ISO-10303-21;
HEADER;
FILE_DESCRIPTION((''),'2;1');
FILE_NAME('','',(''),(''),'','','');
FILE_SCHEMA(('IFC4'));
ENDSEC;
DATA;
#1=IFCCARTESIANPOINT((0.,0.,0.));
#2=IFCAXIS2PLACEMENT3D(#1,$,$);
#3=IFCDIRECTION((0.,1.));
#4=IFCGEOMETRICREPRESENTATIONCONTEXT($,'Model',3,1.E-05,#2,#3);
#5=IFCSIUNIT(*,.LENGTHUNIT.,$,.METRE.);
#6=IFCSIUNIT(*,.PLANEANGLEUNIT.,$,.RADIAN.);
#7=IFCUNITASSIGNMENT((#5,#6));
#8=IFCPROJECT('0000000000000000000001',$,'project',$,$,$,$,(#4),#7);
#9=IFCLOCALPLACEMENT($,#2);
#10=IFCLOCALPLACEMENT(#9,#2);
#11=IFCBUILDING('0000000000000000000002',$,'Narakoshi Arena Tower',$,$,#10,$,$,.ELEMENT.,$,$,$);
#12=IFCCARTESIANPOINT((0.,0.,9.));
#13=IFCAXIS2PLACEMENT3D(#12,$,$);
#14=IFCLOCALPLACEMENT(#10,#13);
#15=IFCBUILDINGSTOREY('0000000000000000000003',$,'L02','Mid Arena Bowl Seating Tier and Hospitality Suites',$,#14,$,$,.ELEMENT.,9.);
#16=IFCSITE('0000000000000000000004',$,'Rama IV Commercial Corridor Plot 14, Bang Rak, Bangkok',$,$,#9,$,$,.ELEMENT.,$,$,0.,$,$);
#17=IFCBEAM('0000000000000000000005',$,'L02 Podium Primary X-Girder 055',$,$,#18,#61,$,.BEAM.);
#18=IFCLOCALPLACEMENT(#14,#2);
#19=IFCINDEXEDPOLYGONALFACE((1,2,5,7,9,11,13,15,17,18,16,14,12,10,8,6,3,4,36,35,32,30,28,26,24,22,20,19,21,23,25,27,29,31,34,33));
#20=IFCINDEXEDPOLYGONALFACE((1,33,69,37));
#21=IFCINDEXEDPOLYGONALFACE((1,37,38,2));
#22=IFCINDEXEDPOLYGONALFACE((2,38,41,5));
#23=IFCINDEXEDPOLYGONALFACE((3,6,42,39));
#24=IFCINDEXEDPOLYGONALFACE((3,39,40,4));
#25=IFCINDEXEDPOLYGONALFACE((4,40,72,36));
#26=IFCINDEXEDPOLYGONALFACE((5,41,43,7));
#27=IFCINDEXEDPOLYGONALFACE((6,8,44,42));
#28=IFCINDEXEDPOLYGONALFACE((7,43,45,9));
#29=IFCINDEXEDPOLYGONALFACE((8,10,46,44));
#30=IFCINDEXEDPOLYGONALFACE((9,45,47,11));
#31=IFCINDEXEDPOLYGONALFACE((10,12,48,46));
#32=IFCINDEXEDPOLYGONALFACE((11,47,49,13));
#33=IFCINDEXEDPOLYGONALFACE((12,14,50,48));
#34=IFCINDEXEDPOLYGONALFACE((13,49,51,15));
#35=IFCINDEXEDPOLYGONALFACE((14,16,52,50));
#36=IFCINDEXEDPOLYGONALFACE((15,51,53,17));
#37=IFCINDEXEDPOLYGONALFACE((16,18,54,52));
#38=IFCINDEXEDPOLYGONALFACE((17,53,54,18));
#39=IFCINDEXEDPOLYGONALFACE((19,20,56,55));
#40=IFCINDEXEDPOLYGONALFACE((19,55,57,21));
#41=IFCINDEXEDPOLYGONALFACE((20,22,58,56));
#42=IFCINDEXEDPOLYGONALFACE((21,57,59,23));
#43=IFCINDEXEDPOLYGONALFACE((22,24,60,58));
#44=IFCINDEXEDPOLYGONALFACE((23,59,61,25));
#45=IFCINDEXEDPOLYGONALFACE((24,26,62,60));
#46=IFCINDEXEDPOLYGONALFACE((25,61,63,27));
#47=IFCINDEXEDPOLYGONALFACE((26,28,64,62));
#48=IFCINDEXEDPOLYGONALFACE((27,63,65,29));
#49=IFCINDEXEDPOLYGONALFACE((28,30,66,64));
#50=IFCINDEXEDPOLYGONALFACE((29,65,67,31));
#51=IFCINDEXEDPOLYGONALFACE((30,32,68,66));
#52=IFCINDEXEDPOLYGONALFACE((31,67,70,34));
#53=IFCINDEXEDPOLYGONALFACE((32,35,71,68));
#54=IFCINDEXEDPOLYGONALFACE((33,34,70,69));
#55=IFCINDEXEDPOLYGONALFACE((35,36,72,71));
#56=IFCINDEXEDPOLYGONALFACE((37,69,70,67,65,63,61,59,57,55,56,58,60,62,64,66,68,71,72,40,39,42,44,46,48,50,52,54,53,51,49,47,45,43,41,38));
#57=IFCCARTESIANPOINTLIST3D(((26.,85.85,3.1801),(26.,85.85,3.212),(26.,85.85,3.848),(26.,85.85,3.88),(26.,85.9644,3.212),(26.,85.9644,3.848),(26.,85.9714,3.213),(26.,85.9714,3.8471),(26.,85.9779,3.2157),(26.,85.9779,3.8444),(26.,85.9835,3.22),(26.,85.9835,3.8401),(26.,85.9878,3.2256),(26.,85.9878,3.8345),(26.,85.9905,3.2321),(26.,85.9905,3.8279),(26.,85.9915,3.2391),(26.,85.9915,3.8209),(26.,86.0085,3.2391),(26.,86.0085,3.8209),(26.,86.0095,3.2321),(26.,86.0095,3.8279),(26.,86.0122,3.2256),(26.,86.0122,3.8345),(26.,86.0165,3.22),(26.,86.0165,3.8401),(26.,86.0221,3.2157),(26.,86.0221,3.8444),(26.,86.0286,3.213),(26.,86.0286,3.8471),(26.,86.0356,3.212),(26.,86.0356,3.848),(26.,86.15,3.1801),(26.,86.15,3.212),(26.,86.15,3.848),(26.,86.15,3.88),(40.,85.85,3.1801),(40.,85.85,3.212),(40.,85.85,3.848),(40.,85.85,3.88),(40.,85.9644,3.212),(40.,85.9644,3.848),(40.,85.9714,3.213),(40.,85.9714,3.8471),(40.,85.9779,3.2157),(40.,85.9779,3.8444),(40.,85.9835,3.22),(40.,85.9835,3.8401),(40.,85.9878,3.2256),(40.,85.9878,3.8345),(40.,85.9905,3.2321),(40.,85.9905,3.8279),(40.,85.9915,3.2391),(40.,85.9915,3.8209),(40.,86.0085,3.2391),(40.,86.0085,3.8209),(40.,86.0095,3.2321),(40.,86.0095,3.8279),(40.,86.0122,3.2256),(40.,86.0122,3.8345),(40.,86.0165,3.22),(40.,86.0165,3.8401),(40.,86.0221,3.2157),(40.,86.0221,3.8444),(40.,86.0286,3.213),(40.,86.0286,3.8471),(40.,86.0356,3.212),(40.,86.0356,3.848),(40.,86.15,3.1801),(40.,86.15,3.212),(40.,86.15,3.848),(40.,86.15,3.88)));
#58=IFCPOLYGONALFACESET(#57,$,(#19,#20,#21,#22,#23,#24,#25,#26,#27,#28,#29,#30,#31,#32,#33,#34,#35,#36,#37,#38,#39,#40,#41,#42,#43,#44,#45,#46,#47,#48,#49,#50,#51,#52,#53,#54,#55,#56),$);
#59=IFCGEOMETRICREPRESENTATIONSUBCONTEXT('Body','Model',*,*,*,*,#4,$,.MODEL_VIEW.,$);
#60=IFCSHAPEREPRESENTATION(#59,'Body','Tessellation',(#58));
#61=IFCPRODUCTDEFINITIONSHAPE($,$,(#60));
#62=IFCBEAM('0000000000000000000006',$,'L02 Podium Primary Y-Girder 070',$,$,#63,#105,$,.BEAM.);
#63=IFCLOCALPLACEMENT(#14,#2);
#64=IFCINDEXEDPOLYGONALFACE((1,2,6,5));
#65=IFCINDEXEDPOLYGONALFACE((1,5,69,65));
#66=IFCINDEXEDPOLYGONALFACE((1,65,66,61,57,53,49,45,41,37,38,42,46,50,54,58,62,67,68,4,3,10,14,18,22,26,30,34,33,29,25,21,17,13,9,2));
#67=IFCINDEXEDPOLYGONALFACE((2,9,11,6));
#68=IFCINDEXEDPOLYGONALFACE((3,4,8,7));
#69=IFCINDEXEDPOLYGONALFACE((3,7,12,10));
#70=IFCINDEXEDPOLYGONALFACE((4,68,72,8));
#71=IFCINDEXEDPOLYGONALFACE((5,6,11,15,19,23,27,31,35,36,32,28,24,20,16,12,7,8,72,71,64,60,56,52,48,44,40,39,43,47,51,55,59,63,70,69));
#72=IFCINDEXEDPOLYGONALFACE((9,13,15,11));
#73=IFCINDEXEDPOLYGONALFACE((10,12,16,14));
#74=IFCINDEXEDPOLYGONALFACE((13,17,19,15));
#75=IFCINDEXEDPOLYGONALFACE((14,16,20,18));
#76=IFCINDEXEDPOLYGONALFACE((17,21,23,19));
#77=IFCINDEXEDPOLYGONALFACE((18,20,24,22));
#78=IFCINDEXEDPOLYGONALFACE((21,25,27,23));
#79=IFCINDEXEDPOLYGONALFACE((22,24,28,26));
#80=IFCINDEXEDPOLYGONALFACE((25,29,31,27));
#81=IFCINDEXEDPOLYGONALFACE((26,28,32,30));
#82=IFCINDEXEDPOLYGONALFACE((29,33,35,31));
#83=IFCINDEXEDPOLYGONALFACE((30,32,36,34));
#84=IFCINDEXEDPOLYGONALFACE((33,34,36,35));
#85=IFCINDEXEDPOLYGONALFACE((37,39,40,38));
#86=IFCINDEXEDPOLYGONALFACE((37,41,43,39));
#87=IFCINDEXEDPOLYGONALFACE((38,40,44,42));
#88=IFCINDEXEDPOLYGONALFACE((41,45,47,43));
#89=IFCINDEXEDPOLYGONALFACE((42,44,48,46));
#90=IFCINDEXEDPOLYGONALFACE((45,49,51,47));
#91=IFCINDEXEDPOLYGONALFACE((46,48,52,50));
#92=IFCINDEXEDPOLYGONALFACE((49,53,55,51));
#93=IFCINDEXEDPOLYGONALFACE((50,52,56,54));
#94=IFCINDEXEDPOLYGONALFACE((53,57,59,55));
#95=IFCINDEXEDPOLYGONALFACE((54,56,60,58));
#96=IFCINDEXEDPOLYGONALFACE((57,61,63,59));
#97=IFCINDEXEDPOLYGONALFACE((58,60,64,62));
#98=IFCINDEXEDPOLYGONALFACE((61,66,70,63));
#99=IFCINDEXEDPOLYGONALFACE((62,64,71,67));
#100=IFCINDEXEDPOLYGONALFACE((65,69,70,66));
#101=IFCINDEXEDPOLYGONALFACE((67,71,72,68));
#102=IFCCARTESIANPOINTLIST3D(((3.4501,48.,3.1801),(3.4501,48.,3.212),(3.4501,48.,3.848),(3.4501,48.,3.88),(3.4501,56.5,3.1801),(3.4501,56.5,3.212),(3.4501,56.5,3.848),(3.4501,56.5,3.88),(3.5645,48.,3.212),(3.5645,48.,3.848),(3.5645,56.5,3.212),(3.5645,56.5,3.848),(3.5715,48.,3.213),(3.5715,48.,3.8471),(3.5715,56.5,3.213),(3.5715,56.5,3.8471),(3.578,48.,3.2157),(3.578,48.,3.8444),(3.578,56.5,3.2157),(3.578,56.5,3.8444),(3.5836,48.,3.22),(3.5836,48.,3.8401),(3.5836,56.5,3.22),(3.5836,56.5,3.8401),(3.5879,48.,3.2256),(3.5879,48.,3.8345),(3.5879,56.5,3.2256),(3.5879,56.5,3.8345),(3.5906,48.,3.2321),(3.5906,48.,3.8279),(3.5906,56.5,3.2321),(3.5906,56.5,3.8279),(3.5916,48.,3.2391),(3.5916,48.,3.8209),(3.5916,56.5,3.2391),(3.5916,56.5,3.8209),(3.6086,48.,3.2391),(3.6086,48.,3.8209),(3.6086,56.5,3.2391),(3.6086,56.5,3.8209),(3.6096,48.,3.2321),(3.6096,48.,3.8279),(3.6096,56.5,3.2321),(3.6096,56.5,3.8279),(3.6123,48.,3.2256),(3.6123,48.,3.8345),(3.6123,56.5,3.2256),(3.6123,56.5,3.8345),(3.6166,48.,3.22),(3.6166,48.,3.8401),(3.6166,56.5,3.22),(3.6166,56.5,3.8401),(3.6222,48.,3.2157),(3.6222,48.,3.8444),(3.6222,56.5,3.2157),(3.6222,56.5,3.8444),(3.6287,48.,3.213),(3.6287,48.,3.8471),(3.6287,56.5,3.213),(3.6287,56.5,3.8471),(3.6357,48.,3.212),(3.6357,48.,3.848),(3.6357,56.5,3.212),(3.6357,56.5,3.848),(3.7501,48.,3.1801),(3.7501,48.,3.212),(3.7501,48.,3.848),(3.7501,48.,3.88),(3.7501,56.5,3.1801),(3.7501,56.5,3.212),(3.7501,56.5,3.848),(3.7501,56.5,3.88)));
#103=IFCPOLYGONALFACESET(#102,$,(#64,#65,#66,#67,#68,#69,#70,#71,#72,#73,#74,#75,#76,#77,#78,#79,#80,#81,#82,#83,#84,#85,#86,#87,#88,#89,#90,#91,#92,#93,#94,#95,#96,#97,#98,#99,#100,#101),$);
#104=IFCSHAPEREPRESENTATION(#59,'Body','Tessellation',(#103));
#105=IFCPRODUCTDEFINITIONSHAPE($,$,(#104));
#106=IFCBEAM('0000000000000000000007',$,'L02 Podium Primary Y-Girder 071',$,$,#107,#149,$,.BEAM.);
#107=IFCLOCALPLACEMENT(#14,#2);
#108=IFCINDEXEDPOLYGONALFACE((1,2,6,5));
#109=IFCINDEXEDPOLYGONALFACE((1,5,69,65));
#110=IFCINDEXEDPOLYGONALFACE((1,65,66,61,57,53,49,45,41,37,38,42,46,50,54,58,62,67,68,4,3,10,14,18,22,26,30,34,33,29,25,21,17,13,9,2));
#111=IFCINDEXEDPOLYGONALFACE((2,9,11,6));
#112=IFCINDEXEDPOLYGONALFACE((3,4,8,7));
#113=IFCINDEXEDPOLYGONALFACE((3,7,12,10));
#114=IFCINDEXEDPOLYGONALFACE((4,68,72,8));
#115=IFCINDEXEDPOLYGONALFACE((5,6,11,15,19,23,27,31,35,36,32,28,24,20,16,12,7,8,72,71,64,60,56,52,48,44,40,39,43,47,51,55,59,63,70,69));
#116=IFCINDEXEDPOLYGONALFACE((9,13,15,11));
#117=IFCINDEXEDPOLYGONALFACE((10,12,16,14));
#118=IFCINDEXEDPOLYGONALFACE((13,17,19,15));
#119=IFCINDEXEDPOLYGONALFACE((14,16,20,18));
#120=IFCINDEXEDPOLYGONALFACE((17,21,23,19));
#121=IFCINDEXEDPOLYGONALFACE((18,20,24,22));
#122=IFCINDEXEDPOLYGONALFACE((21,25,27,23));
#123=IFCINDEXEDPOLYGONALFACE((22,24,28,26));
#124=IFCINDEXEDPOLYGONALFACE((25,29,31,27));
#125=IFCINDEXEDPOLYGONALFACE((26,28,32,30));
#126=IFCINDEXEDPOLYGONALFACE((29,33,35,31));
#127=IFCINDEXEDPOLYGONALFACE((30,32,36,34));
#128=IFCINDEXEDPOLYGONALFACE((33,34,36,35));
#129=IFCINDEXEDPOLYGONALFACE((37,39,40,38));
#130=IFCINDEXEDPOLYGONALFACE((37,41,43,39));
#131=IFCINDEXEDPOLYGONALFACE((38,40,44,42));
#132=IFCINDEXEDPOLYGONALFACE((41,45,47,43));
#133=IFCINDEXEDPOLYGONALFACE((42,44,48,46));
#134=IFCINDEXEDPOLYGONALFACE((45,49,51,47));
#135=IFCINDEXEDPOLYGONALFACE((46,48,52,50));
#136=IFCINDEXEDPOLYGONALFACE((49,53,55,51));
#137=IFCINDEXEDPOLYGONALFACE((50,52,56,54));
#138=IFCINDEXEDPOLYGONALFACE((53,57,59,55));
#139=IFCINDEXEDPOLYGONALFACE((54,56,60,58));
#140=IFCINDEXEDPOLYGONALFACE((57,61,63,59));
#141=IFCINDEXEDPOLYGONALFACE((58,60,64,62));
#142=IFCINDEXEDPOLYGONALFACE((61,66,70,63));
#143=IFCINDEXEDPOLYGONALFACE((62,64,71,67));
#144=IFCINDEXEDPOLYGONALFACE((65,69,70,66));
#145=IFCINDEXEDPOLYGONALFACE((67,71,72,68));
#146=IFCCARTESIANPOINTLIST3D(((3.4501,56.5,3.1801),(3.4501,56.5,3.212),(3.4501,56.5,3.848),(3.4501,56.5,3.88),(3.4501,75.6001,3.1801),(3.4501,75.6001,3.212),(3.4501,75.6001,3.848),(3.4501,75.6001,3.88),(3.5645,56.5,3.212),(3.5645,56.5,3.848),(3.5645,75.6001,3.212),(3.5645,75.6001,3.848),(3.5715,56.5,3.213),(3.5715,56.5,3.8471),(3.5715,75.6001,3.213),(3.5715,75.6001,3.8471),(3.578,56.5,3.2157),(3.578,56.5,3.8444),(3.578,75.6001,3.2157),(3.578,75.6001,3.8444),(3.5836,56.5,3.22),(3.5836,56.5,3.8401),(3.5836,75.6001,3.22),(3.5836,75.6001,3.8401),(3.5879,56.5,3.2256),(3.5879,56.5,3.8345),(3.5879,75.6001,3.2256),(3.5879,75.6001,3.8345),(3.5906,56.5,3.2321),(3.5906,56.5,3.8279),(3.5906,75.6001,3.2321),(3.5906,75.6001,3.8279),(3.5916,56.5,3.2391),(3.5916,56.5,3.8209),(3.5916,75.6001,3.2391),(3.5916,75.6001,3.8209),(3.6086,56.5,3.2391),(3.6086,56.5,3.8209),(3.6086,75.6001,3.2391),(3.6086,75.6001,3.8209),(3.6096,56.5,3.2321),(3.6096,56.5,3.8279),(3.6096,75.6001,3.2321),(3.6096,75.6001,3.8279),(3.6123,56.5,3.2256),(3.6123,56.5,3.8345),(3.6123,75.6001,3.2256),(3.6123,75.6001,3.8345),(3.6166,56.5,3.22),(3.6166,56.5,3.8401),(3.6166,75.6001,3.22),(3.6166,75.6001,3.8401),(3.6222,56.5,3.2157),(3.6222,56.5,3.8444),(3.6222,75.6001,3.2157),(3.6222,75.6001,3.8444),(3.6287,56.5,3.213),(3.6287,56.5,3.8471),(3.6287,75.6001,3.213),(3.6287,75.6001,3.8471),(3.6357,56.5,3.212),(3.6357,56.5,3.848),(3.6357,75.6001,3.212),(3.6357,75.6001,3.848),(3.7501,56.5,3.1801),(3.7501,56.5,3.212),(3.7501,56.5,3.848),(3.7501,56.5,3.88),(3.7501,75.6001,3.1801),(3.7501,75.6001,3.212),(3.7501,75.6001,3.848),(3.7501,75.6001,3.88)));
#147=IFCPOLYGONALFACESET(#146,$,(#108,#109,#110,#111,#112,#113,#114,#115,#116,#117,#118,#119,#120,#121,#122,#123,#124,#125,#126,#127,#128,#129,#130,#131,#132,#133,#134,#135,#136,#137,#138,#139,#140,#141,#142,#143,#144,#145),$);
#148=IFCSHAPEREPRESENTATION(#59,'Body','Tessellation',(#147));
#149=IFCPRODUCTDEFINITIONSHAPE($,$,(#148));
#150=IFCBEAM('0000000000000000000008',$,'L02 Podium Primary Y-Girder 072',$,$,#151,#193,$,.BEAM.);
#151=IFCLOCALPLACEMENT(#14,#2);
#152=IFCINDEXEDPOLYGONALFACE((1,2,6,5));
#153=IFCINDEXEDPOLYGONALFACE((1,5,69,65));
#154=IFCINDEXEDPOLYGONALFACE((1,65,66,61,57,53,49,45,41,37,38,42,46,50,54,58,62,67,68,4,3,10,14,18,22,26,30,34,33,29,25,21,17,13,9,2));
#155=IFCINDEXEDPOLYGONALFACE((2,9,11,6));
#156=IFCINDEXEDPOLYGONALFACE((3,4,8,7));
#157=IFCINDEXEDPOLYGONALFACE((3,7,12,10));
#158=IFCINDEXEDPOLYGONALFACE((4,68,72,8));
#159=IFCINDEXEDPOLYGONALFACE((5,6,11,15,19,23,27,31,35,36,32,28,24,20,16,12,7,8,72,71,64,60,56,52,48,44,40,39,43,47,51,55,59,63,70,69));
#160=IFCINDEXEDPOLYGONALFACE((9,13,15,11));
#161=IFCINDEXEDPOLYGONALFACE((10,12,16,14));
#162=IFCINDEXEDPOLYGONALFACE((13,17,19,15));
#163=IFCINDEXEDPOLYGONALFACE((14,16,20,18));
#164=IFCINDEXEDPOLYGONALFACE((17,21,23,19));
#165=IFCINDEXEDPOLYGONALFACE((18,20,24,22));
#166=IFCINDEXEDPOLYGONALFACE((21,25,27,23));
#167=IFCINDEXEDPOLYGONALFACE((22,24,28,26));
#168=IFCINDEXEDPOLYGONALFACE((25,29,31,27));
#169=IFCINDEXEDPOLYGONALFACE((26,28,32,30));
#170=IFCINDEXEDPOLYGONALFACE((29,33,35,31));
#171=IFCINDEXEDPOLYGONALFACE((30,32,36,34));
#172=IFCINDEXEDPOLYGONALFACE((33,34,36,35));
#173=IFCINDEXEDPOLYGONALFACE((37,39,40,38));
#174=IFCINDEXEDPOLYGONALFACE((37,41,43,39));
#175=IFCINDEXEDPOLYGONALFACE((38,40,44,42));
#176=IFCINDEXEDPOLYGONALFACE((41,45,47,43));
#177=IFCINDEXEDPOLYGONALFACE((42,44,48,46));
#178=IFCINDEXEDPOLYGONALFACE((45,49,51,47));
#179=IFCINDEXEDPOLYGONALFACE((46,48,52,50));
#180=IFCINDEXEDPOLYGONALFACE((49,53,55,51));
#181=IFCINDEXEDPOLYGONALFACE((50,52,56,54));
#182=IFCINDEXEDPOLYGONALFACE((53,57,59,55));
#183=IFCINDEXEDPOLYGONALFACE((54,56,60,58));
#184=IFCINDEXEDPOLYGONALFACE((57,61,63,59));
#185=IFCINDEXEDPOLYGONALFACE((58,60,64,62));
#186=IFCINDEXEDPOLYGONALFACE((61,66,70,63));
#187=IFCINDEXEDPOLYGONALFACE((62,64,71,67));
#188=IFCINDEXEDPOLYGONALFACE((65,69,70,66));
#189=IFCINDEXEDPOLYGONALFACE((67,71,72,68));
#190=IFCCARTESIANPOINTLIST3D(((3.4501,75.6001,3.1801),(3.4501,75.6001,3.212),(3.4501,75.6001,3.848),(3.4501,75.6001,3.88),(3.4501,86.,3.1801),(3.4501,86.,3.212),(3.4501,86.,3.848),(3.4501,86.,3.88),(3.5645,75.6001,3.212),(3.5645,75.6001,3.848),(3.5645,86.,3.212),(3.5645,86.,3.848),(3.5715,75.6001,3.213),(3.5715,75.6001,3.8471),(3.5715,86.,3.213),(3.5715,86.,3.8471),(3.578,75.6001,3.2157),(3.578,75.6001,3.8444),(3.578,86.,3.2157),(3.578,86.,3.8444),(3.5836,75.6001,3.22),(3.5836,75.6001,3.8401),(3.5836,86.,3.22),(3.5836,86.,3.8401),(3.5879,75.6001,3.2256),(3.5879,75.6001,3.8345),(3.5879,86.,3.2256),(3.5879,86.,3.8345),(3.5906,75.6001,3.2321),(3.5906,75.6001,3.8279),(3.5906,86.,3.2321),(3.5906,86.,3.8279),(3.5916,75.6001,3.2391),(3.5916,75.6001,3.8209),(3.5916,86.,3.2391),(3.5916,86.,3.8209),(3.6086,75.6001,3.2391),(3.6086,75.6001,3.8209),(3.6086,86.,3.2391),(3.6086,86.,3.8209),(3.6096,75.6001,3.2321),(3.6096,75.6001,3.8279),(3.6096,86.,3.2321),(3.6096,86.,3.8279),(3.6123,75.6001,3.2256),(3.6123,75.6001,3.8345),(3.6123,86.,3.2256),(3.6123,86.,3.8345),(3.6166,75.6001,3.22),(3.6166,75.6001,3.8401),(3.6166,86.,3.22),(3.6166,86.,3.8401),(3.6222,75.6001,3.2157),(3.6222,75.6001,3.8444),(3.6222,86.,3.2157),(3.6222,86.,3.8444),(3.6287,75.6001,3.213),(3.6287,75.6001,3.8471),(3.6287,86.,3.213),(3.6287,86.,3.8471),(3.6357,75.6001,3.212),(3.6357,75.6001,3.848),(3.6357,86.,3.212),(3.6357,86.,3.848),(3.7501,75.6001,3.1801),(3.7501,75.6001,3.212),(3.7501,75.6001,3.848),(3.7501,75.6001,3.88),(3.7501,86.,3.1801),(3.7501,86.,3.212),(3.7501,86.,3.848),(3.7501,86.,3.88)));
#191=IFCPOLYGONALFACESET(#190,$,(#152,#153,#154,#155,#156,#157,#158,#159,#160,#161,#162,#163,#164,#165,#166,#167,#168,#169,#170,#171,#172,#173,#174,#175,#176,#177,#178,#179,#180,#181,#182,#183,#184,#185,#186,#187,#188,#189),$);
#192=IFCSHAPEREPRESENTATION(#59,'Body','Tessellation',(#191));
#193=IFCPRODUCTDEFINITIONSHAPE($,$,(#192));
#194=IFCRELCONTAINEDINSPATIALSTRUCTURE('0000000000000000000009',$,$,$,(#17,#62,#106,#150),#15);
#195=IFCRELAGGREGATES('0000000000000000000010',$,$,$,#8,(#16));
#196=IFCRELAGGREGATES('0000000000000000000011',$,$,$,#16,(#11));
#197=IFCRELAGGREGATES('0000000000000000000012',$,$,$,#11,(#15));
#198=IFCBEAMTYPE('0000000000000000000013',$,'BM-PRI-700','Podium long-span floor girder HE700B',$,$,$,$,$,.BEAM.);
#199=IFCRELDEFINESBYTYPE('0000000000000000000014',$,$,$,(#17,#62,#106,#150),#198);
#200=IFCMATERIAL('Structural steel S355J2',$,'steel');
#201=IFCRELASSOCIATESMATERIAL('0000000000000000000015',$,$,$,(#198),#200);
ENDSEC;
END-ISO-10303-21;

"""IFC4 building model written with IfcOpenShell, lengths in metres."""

from ifc_helpers import new_model, si_unit, direction, frame, origin, origin_2d, place, context, subcontext, project, spatial, i_section, extrude, material, material_profile, profile_set, type_object, element, save


model = new_model("IFC4")

# Units and contexts
model_context = context("Model", 3, precision=1e-05, world=origin(), true_north=direction((0.0, 1.0)))
body_context = subcontext(model_context, "Body", "Model", "MODEL_VIEW")
ifc_project = project(units=[si_unit("LENGTHUNIT", "METRE"), si_unit("PLANEANGLEUNIT", "RADIAN")], contexts=[model_context])

# Site, building, storey
site_placement = place(None, origin())
site = spatial("IfcSite", under=ifc_project, at=site_placement, Name="Rama IV Commercial Corridor Plot 14, Bang Rak, Bangkok", CompositionType="ELEMENT", RefElevation=0.0)
building_placement = place(site_placement, origin())
building = spatial("IfcBuilding", under=site, at=building_placement, Name="Narakoshi Arena Tower", CompositionType="ELEMENT")
storey_placement = place(building_placement, frame((0.0, 0.0, 9.0)))
storey = spatial("IfcBuildingStorey", under=building, at=storey_placement, Name="L02", Description="Mid Arena Bowl Seating Tier and Hospitality Suites", CompositionType="ELEMENT", Elevation=9.0)

# Beams
ifc_material_1 = material(Name="Structural steel S355J2", Category="steel")
ifc_material_profile_1 = material_profile(ifc_material_1, i_section(OverallWidth=0.3, OverallDepth=0.7, WebThickness=0.0171, FlangeThickness=0.032, FilletRadius=0.0271, at=origin_2d()), Name="HE700B")
ifc_profile_set_1 = profile_set([ifc_material_profile_1], Name="Structural steel S355J2")
beam_type_1 = type_object("IfcBeamType", Name="BM-PRI-700", Description="Podium long-span floor girder HE700B", PredefinedType="BEAM", material=ifc_profile_set_1)
for number, where, z_axis, x_axis, name in (
    (1, (26.0, 86.0, 3.53), (1.0, 0.0, 0.0), (0.0, 1.0, 0.0), "L02 Podium Primary X-Girder 055"),
):
    element("IfcBeam", number, at=place(storey_placement, frame(where, z_axis=z_axis, x_axis=x_axis)), inside=storey, type_object=beam_type_1, Name=name, PredefinedType="BEAM", context=body_context, shape_type="SweptSolid", body=[
        extrude(i_section(OverallWidth=0.3, OverallDepth=0.7, WebThickness=0.0171, FlangeThickness=0.032, FilletRadius=0.0271, at=origin_2d()), origin(), (0.0, 0.0, 1.0), 14.0),
    ])
beam_1_placement = place(storey_placement, frame((3.6001, 48.0, 3.53), z_axis=(0.0, 1.0, 0.0), x_axis=(-1.0, 0.0, 0.0)))
element("IfcBeam", 2, at=beam_1_placement, inside=storey, type_object=beam_type_1, Name="L02 Podium Primary Y-Girder 070", PredefinedType="BEAM", context=body_context, shape_type="SweptSolid", body=[
    extrude(i_section(OverallWidth=0.3, OverallDepth=0.7, WebThickness=0.0171, FlangeThickness=0.032, FilletRadius=0.0271, at=origin_2d()), origin(), (0.0, 0.0, 1.0), 8.5),
])
beam_2_placement = place(storey_placement, frame((3.6001, 56.5, 3.53), z_axis=(0.0, 1.0, 0.0), x_axis=(-1.0, 0.0, 0.0)))
element("IfcBeam", 3, at=beam_2_placement, inside=storey, type_object=beam_type_1, Name="L02 Podium Primary Y-Girder 071", PredefinedType="BEAM", context=body_context, shape_type="SweptSolid", body=[
    extrude(i_section(OverallWidth=0.3, OverallDepth=0.7, WebThickness=0.0171, FlangeThickness=0.032, FilletRadius=0.0271, at=origin_2d()), origin(), (0.0, 0.0, 1.0), 19.1001),
])
beam_3_placement = place(storey_placement, frame((3.6001, 75.6001, 3.53), z_axis=(0.0, 1.0, 0.0), x_axis=(-1.0, 0.0, 0.0)))
element("IfcBeam", 4, at=beam_3_placement, inside=storey, type_object=beam_type_1, Name="L02 Podium Primary Y-Girder 072", PredefinedType="BEAM", context=body_context, shape_type="SweptSolid", body=[
    extrude(i_section(OverallWidth=0.3, OverallDepth=0.7, WebThickness=0.0171, FlangeThickness=0.032, FilletRadius=0.0271, at=origin_2d()), origin(), (0.0, 0.0, 1.0), 10.3999),
])

save(model, "model.ifc")
